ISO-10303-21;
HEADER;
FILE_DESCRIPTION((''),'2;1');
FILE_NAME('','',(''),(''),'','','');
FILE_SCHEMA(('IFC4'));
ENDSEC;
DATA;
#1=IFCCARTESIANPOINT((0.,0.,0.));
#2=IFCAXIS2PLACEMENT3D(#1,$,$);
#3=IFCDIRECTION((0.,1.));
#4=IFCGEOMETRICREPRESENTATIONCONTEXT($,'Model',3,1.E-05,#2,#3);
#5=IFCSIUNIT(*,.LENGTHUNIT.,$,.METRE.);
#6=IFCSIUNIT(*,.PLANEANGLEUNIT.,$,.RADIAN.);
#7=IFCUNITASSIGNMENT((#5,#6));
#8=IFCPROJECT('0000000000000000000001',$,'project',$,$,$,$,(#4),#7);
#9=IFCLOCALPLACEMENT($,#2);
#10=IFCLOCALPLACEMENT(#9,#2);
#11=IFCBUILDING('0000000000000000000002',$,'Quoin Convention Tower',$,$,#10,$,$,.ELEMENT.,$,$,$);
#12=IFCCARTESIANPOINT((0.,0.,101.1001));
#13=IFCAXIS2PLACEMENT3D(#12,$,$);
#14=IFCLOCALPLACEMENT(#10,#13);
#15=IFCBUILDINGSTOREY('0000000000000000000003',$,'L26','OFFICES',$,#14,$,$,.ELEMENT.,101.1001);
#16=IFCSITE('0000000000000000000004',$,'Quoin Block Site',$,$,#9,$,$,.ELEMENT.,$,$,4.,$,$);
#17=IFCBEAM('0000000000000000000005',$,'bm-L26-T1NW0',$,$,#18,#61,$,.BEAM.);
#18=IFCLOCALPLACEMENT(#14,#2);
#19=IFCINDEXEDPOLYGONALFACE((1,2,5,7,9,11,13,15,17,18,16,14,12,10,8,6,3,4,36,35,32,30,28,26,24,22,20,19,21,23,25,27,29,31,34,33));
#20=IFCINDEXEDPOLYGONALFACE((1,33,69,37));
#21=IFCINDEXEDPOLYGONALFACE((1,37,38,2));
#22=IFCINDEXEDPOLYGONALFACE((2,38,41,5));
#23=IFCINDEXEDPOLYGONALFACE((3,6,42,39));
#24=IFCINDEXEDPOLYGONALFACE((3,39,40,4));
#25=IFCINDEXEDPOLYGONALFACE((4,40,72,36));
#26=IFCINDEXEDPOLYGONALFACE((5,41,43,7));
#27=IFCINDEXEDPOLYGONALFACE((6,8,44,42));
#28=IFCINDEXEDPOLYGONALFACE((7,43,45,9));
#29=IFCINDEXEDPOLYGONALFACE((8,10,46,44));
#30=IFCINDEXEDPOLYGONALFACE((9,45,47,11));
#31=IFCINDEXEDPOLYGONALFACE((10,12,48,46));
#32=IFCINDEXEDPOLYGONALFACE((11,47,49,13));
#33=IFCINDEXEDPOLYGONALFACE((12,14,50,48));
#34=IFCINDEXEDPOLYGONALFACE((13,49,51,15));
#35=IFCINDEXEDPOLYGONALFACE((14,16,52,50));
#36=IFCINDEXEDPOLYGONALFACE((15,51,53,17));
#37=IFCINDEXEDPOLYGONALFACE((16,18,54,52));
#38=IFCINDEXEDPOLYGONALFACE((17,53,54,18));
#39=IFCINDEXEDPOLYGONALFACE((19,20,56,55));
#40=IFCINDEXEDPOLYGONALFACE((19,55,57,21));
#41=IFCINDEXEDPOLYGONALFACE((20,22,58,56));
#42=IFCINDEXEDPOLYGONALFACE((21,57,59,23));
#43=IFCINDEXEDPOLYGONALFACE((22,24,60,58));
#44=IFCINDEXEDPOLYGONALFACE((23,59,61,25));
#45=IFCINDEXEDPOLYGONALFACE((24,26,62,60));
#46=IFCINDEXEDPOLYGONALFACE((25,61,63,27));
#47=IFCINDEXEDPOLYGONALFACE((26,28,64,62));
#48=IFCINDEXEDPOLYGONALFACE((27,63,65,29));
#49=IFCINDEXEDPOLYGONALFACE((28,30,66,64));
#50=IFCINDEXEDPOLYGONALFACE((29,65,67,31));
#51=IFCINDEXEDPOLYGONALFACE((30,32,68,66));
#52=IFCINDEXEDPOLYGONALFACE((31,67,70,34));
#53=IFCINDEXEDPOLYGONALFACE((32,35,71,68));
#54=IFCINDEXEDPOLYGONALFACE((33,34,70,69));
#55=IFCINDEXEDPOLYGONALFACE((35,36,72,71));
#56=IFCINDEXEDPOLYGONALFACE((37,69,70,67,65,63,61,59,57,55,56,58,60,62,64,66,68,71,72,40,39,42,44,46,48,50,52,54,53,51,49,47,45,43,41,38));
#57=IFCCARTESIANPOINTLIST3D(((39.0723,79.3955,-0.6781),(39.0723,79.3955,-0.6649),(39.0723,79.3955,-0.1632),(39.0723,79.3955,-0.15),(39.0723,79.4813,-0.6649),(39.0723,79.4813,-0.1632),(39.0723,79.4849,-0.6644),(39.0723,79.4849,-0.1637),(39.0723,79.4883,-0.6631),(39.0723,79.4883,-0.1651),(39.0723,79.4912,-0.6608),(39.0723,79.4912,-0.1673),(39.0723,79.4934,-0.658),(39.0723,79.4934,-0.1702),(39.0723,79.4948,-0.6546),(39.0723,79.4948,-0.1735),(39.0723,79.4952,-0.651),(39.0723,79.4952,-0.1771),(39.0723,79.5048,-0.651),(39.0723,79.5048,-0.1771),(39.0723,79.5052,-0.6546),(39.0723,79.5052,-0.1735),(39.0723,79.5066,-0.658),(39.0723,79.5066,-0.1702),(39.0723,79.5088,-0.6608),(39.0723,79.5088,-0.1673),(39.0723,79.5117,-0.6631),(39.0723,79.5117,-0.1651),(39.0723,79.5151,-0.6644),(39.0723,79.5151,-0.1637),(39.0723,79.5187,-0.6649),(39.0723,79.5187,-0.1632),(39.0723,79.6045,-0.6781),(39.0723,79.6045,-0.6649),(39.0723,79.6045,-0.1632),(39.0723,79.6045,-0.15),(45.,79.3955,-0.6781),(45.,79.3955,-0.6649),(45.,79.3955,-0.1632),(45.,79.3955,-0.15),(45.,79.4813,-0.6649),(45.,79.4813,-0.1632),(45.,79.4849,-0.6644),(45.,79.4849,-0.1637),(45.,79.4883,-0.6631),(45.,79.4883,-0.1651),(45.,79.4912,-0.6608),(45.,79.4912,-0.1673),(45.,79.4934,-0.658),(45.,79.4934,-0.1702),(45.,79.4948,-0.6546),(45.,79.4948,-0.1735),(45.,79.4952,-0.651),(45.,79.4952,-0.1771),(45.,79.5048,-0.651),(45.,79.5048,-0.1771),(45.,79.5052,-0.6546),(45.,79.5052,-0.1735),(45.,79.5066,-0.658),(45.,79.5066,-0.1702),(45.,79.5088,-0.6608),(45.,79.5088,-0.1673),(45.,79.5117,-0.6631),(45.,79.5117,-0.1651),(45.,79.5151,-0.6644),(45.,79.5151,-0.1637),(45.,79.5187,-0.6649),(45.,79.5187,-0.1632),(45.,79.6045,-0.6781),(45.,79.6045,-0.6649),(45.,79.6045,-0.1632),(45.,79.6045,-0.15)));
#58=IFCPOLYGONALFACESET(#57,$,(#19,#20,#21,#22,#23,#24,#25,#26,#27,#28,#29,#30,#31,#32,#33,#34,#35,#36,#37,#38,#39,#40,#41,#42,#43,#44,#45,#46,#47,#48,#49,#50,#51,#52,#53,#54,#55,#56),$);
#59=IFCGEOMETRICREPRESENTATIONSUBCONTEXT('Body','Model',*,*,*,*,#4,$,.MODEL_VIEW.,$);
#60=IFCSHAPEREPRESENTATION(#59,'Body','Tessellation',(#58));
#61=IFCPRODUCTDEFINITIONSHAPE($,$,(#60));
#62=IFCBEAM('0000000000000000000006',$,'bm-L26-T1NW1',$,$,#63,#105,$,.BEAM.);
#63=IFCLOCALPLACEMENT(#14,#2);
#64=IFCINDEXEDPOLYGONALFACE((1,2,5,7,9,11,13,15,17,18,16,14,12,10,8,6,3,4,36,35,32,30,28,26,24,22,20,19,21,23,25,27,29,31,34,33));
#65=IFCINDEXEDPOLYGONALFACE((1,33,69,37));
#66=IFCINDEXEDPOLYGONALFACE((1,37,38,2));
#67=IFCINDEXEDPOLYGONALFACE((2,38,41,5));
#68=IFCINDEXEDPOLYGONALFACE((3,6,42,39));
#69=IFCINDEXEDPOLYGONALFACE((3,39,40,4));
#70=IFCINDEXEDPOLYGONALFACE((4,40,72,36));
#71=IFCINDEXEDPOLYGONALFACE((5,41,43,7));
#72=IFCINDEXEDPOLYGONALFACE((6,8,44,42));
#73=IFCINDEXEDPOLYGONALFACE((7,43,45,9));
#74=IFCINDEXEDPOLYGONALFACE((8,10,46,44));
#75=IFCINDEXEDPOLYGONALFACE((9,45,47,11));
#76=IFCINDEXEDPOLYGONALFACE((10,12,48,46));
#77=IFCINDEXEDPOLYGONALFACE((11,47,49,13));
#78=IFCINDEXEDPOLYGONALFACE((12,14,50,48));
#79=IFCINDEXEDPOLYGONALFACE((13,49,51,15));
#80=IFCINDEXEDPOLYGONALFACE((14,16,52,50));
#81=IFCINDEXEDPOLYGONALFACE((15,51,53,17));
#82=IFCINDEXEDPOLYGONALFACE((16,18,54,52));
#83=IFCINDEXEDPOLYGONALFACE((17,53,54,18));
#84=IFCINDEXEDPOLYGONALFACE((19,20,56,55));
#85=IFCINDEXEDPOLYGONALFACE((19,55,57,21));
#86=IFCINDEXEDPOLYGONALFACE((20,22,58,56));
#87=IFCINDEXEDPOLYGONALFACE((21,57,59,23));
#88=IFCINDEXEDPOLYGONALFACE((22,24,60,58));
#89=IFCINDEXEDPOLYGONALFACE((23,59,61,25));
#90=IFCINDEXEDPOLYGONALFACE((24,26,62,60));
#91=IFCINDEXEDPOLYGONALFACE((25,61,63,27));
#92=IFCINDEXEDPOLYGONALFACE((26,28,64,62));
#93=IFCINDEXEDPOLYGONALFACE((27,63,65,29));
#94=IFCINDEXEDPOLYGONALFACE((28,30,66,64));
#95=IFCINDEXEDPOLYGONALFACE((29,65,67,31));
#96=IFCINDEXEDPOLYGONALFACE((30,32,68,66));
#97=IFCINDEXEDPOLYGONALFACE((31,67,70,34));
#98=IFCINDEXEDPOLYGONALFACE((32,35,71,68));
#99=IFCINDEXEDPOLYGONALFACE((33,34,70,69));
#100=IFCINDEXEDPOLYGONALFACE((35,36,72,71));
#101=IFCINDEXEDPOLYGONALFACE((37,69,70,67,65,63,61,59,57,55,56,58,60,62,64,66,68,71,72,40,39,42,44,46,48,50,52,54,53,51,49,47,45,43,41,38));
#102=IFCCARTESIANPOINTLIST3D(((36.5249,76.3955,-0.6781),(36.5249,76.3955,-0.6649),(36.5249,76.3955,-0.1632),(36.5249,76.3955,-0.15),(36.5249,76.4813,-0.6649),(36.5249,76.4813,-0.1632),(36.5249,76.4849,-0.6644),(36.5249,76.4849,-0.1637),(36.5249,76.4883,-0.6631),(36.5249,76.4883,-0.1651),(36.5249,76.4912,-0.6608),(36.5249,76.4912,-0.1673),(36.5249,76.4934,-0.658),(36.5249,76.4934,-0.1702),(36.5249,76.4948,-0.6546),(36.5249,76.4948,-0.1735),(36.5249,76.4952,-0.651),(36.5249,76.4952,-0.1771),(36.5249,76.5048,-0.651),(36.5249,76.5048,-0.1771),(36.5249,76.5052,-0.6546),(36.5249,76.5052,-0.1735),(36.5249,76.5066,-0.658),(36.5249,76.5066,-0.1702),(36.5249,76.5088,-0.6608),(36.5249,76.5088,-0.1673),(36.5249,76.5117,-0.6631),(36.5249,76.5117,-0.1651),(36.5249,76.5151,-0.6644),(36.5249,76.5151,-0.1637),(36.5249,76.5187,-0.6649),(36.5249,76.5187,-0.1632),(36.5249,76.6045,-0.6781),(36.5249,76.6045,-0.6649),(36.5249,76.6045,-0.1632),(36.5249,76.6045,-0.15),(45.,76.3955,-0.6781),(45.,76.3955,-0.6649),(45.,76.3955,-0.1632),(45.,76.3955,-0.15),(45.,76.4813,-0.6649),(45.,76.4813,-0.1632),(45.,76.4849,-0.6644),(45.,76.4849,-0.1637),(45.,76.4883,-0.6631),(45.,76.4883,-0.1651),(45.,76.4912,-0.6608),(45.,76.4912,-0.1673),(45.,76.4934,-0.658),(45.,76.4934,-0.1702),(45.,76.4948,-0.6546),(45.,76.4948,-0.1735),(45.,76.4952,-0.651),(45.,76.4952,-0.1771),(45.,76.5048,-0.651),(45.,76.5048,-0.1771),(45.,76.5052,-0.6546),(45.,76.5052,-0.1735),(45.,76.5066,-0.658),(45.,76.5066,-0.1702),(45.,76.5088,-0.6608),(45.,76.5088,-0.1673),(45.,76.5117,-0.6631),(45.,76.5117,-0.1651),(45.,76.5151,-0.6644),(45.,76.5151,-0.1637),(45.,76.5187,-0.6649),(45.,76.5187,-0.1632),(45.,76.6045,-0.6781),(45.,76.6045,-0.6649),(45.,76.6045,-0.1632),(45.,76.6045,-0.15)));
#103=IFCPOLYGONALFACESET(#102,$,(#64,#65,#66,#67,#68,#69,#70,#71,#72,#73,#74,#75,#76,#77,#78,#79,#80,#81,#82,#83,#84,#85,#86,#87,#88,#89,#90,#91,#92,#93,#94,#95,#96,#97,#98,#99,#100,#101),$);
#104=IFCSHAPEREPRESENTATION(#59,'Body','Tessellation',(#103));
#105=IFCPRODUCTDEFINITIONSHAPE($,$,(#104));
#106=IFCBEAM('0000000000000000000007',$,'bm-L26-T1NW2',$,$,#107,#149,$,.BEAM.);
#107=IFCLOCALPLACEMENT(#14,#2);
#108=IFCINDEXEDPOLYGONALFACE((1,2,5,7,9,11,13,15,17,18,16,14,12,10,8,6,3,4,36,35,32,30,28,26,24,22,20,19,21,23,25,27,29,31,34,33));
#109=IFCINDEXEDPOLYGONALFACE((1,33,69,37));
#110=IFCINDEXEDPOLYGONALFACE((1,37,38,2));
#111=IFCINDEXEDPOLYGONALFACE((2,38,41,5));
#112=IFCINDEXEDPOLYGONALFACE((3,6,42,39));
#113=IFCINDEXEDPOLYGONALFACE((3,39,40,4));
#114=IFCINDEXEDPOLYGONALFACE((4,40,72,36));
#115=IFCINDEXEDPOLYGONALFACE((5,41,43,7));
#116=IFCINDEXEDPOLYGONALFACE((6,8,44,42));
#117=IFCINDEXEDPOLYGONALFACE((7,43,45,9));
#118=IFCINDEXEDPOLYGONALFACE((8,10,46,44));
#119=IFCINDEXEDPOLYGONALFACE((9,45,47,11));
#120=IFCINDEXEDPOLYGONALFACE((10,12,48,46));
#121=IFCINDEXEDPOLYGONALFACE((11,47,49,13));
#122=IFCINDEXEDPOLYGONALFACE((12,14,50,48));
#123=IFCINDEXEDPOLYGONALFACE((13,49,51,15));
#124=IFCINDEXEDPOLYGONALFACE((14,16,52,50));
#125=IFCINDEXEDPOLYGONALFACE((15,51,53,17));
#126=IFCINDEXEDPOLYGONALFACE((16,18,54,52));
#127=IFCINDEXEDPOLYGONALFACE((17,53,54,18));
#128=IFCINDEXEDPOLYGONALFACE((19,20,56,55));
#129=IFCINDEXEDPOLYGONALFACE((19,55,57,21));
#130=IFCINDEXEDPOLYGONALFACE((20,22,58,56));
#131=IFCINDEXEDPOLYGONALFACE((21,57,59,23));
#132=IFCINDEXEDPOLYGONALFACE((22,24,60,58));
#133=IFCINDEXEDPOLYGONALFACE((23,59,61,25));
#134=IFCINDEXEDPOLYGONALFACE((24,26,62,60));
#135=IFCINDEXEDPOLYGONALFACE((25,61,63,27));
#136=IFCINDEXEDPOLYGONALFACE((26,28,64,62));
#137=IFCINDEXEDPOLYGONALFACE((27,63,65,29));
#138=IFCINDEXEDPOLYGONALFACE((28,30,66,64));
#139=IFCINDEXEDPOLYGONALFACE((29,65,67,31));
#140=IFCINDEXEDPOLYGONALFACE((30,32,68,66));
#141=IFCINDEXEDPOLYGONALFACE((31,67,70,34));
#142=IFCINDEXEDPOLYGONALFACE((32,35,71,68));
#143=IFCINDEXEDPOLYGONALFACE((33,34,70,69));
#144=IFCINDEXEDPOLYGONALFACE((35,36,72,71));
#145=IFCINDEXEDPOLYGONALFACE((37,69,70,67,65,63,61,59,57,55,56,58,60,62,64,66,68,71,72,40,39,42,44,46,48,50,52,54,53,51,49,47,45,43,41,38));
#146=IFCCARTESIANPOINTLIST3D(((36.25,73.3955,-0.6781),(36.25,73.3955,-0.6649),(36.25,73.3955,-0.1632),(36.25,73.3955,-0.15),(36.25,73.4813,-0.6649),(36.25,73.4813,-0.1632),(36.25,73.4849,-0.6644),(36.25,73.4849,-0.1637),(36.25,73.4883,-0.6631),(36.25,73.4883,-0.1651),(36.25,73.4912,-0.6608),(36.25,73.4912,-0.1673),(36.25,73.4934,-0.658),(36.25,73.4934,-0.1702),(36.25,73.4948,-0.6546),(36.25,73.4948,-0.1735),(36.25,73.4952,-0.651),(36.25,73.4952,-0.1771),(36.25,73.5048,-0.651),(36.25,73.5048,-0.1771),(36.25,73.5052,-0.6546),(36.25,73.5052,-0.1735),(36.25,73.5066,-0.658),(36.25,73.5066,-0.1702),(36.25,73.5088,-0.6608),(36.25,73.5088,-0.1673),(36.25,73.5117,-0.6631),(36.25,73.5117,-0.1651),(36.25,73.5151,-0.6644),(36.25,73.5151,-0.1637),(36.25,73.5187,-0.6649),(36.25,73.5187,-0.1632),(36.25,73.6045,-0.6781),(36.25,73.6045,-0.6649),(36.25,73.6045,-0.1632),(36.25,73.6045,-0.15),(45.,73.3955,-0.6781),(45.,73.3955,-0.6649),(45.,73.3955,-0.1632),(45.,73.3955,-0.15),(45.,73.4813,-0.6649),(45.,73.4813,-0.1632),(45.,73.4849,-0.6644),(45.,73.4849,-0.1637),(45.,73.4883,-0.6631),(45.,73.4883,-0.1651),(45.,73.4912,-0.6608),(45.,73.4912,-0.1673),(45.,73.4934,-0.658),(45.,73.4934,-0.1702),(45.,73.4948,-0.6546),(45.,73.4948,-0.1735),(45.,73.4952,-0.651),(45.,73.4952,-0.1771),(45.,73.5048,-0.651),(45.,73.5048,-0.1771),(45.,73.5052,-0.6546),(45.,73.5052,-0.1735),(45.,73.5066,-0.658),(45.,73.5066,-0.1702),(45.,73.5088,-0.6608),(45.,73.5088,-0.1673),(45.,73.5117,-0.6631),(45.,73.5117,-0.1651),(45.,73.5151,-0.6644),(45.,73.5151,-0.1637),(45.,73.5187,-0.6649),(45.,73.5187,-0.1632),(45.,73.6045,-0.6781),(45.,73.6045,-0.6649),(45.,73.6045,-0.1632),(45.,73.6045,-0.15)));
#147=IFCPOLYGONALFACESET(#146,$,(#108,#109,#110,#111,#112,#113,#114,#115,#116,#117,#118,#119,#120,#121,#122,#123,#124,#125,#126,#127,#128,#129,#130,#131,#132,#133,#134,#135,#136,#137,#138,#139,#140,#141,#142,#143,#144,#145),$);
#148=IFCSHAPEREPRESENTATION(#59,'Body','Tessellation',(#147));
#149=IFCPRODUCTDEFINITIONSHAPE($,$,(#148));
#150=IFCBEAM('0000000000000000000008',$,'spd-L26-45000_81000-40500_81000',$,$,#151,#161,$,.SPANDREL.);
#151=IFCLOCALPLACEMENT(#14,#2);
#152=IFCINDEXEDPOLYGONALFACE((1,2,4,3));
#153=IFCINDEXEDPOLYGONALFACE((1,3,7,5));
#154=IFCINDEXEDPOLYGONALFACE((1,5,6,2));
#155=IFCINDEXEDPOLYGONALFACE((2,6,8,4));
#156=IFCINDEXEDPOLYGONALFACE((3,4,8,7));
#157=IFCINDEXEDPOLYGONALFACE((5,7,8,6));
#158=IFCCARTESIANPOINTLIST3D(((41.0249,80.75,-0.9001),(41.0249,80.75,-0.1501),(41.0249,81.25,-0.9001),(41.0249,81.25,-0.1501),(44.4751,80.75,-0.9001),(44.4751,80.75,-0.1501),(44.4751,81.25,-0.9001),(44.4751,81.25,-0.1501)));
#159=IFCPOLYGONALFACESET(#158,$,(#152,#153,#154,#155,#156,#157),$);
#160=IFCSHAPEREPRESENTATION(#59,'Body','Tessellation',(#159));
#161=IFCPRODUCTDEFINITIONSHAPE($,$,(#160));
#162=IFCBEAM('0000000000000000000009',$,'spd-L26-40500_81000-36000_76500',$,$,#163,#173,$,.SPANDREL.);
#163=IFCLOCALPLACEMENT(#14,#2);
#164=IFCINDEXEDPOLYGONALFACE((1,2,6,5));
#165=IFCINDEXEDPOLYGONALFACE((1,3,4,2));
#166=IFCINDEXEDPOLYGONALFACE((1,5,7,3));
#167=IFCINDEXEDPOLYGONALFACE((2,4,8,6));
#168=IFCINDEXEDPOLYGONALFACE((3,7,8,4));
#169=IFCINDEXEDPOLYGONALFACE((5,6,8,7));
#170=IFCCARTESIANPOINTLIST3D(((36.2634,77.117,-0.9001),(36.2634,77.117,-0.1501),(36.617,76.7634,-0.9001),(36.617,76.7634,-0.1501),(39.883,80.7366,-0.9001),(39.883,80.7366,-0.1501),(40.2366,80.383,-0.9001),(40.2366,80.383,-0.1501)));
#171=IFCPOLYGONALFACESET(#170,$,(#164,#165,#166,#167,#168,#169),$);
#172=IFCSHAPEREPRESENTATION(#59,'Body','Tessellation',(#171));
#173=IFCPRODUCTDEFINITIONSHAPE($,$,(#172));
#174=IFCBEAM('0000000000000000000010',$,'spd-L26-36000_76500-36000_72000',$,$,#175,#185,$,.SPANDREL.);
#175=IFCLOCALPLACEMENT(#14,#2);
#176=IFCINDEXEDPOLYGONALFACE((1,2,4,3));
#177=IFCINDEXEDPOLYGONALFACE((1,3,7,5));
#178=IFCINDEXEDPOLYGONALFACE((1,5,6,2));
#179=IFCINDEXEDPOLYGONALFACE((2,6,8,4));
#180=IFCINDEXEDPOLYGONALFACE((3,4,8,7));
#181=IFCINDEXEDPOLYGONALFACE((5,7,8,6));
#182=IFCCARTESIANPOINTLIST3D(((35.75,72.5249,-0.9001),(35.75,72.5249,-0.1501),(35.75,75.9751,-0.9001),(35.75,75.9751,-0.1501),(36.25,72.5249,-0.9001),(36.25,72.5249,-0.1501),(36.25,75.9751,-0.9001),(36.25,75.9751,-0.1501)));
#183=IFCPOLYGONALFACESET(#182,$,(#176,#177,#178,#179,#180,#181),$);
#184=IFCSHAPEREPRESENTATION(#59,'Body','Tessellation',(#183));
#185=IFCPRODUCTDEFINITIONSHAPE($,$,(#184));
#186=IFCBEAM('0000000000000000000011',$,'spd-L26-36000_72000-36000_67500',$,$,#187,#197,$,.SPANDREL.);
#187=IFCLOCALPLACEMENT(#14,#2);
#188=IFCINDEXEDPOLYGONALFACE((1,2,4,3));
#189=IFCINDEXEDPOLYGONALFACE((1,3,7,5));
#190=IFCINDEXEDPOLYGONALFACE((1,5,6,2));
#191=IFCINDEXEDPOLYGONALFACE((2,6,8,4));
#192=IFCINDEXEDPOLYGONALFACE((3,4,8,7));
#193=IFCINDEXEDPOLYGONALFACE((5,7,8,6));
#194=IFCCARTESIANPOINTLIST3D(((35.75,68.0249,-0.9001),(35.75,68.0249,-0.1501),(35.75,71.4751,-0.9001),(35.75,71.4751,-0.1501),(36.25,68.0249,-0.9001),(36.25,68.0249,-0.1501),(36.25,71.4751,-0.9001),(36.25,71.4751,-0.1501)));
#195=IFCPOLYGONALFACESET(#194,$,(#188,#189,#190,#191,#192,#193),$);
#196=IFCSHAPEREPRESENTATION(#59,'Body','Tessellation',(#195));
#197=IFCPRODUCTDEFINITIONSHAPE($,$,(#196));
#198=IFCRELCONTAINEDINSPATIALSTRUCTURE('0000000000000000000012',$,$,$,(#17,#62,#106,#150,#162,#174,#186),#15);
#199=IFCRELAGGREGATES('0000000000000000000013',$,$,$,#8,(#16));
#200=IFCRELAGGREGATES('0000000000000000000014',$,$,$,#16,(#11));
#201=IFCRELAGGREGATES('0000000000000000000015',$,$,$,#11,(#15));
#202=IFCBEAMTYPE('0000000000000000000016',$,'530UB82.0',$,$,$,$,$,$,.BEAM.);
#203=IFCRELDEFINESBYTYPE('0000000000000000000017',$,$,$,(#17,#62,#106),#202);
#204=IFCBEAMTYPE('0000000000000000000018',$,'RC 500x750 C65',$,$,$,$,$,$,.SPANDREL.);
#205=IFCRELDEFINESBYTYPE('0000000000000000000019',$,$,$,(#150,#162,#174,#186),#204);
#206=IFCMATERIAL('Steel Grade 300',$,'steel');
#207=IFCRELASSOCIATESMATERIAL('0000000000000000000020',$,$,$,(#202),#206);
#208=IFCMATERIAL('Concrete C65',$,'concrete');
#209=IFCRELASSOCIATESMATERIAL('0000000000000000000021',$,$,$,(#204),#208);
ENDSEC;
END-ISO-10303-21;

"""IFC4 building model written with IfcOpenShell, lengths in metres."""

from ifc_helpers import new_model, si_unit, direction, frame, origin, origin_2d, place, context, subcontext, project, spatial, rectangle, i_section, extrude, material, material_profile, profile_set, type_object, element, save


model = new_model("IFC4")

# Units and contexts
model_context = context("Model", 3, precision=1e-05, world=origin(), true_north=direction((0.0, 1.0)))
body_context = subcontext(model_context, "Body", "Model", "MODEL_VIEW")
ifc_project = project(units=[si_unit("LENGTHUNIT", "METRE"), si_unit("PLANEANGLEUNIT", "RADIAN")], contexts=[model_context])

# Site, building, storey
site_placement = place(None, origin())
site = spatial("IfcSite", under=ifc_project, at=site_placement, Name="Quoin Block Site", CompositionType="ELEMENT", RefElevation=4.0)
building_placement = place(site_placement, origin())
building = spatial("IfcBuilding", under=site, at=building_placement, Name="Quoin Convention Tower", CompositionType="ELEMENT")
storey_placement = place(building_placement, frame((0.0, 0.0, 101.1001)))
storey = spatial("IfcBuildingStorey", under=building, at=storey_placement, Name="L26", Description="OFFICES", CompositionType="ELEMENT", Elevation=101.1001)

# Shared definitions
ifc_material_1 = material(Name="Concrete C65", Category="concrete")

# Beams
ifc_material_2 = material(Name="Steel Grade 300", Category="steel")
ifc_material_profile_1 = material_profile(ifc_material_2, i_section(OverallWidth=0.209, OverallDepth=0.5281, WebThickness=0.0095, FlangeThickness=0.0132, FilletRadius=0.0139, at=origin_2d()), Name="530UB82.0")
ifc_profile_set_1 = profile_set([ifc_material_profile_1], Name="Steel Grade 300")
beam_type_1 = type_object("IfcBeamType", Name="530UB82.0", PredefinedType="BEAM", material=ifc_profile_set_1)
beam_1_placement = place(storey_placement, frame((39.0723, 79.5, -0.4141), z_axis=(1.0, 0.0, 0.0), x_axis=(0.0, 1.0, 0.0)))
element("IfcBeam", 1, at=beam_1_placement, inside=storey, type_object=beam_type_1, Name="bm-L26-T1NW0", PredefinedType="BEAM", context=body_context, shape_type="SweptSolid", body=[
    extrude(i_section(OverallWidth=0.209, OverallDepth=0.5281, WebThickness=0.0095, FlangeThickness=0.0132, FilletRadius=0.0139, at=origin_2d()), origin(), (0.0, 0.0, 1.0), 5.9277),
])
beam_2_placement = place(storey_placement, frame((36.5249, 76.5, -0.4141), z_axis=(1.0, 0.0, 0.0), x_axis=(0.0, 1.0, 0.0)))
element("IfcBeam", 2, at=beam_2_placement, inside=storey, type_object=beam_type_1, Name="bm-L26-T1NW1", PredefinedType="BEAM", context=body_context, shape_type="SweptSolid", body=[
    extrude(i_section(OverallWidth=0.209, OverallDepth=0.5281, WebThickness=0.0095, FlangeThickness=0.0132, FilletRadius=0.0139, at=origin_2d()), origin(), (0.0, 0.0, 1.0), 8.4751),
])
beam_3_placement = place(storey_placement, frame((36.25, 73.5, -0.4141), z_axis=(1.0, 0.0, 0.0), x_axis=(0.0, 1.0, 0.0)))
element("IfcBeam", 3, at=beam_3_placement, inside=storey, type_object=beam_type_1, Name="bm-L26-T1NW2", PredefinedType="BEAM", context=body_context, shape_type="SweptSolid", body=[
    extrude(i_section(OverallWidth=0.209, OverallDepth=0.5281, WebThickness=0.0095, FlangeThickness=0.0132, FilletRadius=0.0139, at=origin_2d()), origin(), (0.0, 0.0, 1.0), 8.75),
])
ifc_material_profile_2 = material_profile(ifc_material_1, rectangle(XDim=0.5, YDim=0.75, at=origin_2d()), Name="RC 500x750")
ifc_profile_set_2 = profile_set([ifc_material_profile_2], Name="Concrete C65")
beam_type_2 = type_object("IfcBeamType", Name="RC 500x750 C65", PredefinedType="SPANDREL", material=ifc_profile_set_2)
beam_4_placement = place(storey_placement, frame((44.4751, 81.0, -0.5251), z_axis=(-1.0, 0.0, 0.0), x_axis=(0.0, -1.0, 0.0)))
element("IfcBeam", 4, at=beam_4_placement, inside=storey, type_object=beam_type_2, Name="spd-L26-45000_81000-40500_81000", PredefinedType="SPANDREL", context=body_context, shape_type="SweptSolid", body=[
    extrude(rectangle(XDim=0.5, YDim=0.75, at=origin_2d()), origin(), (0.0, 0.0, 1.0), 3.4502),
])
beam_5_placement = place(storey_placement, frame((40.0598, 80.5598, -0.5251), z_axis=(-0.707107, -0.707107, 0.0), x_axis=(0.707107, -0.707107, 0.0)))
element("IfcBeam", 5, at=beam_5_placement, inside=storey, type_object=beam_type_2, Name="spd-L26-40500_81000-36000_76500", PredefinedType="SPANDREL", context=body_context, shape_type="SweptSolid", body=[
    extrude(rectangle(XDim=0.5, YDim=0.75, at=origin_2d()), origin(), (0.0, 0.0, 1.0), 5.1189),
])
for number, where, z_axis, x_axis, name in (
    (6, (36.0, 75.9751, -0.5251), (0.0, -1.0, 0.0), (1.0, 0.0, 0.0), "spd-L26-36000_76500-36000_72000"),
    (7, (36.0, 71.4751, -0.5251), (0.0, -1.0, 0.0), (1.0, 0.0, 0.0), "spd-L26-36000_72000-36000_67500"),
):
    element("IfcBeam", number, at=place(storey_placement, frame(where, z_axis=z_axis, x_axis=x_axis)), inside=storey, type_object=beam_type_2, Name=name, PredefinedType="SPANDREL", context=body_context, shape_type="SweptSolid", body=[
        extrude(rectangle(XDim=0.5, YDim=0.75, at=origin_2d()), origin(), (0.0, 0.0, 1.0), 3.4502),
    ])

save(model, "model.ifc")
